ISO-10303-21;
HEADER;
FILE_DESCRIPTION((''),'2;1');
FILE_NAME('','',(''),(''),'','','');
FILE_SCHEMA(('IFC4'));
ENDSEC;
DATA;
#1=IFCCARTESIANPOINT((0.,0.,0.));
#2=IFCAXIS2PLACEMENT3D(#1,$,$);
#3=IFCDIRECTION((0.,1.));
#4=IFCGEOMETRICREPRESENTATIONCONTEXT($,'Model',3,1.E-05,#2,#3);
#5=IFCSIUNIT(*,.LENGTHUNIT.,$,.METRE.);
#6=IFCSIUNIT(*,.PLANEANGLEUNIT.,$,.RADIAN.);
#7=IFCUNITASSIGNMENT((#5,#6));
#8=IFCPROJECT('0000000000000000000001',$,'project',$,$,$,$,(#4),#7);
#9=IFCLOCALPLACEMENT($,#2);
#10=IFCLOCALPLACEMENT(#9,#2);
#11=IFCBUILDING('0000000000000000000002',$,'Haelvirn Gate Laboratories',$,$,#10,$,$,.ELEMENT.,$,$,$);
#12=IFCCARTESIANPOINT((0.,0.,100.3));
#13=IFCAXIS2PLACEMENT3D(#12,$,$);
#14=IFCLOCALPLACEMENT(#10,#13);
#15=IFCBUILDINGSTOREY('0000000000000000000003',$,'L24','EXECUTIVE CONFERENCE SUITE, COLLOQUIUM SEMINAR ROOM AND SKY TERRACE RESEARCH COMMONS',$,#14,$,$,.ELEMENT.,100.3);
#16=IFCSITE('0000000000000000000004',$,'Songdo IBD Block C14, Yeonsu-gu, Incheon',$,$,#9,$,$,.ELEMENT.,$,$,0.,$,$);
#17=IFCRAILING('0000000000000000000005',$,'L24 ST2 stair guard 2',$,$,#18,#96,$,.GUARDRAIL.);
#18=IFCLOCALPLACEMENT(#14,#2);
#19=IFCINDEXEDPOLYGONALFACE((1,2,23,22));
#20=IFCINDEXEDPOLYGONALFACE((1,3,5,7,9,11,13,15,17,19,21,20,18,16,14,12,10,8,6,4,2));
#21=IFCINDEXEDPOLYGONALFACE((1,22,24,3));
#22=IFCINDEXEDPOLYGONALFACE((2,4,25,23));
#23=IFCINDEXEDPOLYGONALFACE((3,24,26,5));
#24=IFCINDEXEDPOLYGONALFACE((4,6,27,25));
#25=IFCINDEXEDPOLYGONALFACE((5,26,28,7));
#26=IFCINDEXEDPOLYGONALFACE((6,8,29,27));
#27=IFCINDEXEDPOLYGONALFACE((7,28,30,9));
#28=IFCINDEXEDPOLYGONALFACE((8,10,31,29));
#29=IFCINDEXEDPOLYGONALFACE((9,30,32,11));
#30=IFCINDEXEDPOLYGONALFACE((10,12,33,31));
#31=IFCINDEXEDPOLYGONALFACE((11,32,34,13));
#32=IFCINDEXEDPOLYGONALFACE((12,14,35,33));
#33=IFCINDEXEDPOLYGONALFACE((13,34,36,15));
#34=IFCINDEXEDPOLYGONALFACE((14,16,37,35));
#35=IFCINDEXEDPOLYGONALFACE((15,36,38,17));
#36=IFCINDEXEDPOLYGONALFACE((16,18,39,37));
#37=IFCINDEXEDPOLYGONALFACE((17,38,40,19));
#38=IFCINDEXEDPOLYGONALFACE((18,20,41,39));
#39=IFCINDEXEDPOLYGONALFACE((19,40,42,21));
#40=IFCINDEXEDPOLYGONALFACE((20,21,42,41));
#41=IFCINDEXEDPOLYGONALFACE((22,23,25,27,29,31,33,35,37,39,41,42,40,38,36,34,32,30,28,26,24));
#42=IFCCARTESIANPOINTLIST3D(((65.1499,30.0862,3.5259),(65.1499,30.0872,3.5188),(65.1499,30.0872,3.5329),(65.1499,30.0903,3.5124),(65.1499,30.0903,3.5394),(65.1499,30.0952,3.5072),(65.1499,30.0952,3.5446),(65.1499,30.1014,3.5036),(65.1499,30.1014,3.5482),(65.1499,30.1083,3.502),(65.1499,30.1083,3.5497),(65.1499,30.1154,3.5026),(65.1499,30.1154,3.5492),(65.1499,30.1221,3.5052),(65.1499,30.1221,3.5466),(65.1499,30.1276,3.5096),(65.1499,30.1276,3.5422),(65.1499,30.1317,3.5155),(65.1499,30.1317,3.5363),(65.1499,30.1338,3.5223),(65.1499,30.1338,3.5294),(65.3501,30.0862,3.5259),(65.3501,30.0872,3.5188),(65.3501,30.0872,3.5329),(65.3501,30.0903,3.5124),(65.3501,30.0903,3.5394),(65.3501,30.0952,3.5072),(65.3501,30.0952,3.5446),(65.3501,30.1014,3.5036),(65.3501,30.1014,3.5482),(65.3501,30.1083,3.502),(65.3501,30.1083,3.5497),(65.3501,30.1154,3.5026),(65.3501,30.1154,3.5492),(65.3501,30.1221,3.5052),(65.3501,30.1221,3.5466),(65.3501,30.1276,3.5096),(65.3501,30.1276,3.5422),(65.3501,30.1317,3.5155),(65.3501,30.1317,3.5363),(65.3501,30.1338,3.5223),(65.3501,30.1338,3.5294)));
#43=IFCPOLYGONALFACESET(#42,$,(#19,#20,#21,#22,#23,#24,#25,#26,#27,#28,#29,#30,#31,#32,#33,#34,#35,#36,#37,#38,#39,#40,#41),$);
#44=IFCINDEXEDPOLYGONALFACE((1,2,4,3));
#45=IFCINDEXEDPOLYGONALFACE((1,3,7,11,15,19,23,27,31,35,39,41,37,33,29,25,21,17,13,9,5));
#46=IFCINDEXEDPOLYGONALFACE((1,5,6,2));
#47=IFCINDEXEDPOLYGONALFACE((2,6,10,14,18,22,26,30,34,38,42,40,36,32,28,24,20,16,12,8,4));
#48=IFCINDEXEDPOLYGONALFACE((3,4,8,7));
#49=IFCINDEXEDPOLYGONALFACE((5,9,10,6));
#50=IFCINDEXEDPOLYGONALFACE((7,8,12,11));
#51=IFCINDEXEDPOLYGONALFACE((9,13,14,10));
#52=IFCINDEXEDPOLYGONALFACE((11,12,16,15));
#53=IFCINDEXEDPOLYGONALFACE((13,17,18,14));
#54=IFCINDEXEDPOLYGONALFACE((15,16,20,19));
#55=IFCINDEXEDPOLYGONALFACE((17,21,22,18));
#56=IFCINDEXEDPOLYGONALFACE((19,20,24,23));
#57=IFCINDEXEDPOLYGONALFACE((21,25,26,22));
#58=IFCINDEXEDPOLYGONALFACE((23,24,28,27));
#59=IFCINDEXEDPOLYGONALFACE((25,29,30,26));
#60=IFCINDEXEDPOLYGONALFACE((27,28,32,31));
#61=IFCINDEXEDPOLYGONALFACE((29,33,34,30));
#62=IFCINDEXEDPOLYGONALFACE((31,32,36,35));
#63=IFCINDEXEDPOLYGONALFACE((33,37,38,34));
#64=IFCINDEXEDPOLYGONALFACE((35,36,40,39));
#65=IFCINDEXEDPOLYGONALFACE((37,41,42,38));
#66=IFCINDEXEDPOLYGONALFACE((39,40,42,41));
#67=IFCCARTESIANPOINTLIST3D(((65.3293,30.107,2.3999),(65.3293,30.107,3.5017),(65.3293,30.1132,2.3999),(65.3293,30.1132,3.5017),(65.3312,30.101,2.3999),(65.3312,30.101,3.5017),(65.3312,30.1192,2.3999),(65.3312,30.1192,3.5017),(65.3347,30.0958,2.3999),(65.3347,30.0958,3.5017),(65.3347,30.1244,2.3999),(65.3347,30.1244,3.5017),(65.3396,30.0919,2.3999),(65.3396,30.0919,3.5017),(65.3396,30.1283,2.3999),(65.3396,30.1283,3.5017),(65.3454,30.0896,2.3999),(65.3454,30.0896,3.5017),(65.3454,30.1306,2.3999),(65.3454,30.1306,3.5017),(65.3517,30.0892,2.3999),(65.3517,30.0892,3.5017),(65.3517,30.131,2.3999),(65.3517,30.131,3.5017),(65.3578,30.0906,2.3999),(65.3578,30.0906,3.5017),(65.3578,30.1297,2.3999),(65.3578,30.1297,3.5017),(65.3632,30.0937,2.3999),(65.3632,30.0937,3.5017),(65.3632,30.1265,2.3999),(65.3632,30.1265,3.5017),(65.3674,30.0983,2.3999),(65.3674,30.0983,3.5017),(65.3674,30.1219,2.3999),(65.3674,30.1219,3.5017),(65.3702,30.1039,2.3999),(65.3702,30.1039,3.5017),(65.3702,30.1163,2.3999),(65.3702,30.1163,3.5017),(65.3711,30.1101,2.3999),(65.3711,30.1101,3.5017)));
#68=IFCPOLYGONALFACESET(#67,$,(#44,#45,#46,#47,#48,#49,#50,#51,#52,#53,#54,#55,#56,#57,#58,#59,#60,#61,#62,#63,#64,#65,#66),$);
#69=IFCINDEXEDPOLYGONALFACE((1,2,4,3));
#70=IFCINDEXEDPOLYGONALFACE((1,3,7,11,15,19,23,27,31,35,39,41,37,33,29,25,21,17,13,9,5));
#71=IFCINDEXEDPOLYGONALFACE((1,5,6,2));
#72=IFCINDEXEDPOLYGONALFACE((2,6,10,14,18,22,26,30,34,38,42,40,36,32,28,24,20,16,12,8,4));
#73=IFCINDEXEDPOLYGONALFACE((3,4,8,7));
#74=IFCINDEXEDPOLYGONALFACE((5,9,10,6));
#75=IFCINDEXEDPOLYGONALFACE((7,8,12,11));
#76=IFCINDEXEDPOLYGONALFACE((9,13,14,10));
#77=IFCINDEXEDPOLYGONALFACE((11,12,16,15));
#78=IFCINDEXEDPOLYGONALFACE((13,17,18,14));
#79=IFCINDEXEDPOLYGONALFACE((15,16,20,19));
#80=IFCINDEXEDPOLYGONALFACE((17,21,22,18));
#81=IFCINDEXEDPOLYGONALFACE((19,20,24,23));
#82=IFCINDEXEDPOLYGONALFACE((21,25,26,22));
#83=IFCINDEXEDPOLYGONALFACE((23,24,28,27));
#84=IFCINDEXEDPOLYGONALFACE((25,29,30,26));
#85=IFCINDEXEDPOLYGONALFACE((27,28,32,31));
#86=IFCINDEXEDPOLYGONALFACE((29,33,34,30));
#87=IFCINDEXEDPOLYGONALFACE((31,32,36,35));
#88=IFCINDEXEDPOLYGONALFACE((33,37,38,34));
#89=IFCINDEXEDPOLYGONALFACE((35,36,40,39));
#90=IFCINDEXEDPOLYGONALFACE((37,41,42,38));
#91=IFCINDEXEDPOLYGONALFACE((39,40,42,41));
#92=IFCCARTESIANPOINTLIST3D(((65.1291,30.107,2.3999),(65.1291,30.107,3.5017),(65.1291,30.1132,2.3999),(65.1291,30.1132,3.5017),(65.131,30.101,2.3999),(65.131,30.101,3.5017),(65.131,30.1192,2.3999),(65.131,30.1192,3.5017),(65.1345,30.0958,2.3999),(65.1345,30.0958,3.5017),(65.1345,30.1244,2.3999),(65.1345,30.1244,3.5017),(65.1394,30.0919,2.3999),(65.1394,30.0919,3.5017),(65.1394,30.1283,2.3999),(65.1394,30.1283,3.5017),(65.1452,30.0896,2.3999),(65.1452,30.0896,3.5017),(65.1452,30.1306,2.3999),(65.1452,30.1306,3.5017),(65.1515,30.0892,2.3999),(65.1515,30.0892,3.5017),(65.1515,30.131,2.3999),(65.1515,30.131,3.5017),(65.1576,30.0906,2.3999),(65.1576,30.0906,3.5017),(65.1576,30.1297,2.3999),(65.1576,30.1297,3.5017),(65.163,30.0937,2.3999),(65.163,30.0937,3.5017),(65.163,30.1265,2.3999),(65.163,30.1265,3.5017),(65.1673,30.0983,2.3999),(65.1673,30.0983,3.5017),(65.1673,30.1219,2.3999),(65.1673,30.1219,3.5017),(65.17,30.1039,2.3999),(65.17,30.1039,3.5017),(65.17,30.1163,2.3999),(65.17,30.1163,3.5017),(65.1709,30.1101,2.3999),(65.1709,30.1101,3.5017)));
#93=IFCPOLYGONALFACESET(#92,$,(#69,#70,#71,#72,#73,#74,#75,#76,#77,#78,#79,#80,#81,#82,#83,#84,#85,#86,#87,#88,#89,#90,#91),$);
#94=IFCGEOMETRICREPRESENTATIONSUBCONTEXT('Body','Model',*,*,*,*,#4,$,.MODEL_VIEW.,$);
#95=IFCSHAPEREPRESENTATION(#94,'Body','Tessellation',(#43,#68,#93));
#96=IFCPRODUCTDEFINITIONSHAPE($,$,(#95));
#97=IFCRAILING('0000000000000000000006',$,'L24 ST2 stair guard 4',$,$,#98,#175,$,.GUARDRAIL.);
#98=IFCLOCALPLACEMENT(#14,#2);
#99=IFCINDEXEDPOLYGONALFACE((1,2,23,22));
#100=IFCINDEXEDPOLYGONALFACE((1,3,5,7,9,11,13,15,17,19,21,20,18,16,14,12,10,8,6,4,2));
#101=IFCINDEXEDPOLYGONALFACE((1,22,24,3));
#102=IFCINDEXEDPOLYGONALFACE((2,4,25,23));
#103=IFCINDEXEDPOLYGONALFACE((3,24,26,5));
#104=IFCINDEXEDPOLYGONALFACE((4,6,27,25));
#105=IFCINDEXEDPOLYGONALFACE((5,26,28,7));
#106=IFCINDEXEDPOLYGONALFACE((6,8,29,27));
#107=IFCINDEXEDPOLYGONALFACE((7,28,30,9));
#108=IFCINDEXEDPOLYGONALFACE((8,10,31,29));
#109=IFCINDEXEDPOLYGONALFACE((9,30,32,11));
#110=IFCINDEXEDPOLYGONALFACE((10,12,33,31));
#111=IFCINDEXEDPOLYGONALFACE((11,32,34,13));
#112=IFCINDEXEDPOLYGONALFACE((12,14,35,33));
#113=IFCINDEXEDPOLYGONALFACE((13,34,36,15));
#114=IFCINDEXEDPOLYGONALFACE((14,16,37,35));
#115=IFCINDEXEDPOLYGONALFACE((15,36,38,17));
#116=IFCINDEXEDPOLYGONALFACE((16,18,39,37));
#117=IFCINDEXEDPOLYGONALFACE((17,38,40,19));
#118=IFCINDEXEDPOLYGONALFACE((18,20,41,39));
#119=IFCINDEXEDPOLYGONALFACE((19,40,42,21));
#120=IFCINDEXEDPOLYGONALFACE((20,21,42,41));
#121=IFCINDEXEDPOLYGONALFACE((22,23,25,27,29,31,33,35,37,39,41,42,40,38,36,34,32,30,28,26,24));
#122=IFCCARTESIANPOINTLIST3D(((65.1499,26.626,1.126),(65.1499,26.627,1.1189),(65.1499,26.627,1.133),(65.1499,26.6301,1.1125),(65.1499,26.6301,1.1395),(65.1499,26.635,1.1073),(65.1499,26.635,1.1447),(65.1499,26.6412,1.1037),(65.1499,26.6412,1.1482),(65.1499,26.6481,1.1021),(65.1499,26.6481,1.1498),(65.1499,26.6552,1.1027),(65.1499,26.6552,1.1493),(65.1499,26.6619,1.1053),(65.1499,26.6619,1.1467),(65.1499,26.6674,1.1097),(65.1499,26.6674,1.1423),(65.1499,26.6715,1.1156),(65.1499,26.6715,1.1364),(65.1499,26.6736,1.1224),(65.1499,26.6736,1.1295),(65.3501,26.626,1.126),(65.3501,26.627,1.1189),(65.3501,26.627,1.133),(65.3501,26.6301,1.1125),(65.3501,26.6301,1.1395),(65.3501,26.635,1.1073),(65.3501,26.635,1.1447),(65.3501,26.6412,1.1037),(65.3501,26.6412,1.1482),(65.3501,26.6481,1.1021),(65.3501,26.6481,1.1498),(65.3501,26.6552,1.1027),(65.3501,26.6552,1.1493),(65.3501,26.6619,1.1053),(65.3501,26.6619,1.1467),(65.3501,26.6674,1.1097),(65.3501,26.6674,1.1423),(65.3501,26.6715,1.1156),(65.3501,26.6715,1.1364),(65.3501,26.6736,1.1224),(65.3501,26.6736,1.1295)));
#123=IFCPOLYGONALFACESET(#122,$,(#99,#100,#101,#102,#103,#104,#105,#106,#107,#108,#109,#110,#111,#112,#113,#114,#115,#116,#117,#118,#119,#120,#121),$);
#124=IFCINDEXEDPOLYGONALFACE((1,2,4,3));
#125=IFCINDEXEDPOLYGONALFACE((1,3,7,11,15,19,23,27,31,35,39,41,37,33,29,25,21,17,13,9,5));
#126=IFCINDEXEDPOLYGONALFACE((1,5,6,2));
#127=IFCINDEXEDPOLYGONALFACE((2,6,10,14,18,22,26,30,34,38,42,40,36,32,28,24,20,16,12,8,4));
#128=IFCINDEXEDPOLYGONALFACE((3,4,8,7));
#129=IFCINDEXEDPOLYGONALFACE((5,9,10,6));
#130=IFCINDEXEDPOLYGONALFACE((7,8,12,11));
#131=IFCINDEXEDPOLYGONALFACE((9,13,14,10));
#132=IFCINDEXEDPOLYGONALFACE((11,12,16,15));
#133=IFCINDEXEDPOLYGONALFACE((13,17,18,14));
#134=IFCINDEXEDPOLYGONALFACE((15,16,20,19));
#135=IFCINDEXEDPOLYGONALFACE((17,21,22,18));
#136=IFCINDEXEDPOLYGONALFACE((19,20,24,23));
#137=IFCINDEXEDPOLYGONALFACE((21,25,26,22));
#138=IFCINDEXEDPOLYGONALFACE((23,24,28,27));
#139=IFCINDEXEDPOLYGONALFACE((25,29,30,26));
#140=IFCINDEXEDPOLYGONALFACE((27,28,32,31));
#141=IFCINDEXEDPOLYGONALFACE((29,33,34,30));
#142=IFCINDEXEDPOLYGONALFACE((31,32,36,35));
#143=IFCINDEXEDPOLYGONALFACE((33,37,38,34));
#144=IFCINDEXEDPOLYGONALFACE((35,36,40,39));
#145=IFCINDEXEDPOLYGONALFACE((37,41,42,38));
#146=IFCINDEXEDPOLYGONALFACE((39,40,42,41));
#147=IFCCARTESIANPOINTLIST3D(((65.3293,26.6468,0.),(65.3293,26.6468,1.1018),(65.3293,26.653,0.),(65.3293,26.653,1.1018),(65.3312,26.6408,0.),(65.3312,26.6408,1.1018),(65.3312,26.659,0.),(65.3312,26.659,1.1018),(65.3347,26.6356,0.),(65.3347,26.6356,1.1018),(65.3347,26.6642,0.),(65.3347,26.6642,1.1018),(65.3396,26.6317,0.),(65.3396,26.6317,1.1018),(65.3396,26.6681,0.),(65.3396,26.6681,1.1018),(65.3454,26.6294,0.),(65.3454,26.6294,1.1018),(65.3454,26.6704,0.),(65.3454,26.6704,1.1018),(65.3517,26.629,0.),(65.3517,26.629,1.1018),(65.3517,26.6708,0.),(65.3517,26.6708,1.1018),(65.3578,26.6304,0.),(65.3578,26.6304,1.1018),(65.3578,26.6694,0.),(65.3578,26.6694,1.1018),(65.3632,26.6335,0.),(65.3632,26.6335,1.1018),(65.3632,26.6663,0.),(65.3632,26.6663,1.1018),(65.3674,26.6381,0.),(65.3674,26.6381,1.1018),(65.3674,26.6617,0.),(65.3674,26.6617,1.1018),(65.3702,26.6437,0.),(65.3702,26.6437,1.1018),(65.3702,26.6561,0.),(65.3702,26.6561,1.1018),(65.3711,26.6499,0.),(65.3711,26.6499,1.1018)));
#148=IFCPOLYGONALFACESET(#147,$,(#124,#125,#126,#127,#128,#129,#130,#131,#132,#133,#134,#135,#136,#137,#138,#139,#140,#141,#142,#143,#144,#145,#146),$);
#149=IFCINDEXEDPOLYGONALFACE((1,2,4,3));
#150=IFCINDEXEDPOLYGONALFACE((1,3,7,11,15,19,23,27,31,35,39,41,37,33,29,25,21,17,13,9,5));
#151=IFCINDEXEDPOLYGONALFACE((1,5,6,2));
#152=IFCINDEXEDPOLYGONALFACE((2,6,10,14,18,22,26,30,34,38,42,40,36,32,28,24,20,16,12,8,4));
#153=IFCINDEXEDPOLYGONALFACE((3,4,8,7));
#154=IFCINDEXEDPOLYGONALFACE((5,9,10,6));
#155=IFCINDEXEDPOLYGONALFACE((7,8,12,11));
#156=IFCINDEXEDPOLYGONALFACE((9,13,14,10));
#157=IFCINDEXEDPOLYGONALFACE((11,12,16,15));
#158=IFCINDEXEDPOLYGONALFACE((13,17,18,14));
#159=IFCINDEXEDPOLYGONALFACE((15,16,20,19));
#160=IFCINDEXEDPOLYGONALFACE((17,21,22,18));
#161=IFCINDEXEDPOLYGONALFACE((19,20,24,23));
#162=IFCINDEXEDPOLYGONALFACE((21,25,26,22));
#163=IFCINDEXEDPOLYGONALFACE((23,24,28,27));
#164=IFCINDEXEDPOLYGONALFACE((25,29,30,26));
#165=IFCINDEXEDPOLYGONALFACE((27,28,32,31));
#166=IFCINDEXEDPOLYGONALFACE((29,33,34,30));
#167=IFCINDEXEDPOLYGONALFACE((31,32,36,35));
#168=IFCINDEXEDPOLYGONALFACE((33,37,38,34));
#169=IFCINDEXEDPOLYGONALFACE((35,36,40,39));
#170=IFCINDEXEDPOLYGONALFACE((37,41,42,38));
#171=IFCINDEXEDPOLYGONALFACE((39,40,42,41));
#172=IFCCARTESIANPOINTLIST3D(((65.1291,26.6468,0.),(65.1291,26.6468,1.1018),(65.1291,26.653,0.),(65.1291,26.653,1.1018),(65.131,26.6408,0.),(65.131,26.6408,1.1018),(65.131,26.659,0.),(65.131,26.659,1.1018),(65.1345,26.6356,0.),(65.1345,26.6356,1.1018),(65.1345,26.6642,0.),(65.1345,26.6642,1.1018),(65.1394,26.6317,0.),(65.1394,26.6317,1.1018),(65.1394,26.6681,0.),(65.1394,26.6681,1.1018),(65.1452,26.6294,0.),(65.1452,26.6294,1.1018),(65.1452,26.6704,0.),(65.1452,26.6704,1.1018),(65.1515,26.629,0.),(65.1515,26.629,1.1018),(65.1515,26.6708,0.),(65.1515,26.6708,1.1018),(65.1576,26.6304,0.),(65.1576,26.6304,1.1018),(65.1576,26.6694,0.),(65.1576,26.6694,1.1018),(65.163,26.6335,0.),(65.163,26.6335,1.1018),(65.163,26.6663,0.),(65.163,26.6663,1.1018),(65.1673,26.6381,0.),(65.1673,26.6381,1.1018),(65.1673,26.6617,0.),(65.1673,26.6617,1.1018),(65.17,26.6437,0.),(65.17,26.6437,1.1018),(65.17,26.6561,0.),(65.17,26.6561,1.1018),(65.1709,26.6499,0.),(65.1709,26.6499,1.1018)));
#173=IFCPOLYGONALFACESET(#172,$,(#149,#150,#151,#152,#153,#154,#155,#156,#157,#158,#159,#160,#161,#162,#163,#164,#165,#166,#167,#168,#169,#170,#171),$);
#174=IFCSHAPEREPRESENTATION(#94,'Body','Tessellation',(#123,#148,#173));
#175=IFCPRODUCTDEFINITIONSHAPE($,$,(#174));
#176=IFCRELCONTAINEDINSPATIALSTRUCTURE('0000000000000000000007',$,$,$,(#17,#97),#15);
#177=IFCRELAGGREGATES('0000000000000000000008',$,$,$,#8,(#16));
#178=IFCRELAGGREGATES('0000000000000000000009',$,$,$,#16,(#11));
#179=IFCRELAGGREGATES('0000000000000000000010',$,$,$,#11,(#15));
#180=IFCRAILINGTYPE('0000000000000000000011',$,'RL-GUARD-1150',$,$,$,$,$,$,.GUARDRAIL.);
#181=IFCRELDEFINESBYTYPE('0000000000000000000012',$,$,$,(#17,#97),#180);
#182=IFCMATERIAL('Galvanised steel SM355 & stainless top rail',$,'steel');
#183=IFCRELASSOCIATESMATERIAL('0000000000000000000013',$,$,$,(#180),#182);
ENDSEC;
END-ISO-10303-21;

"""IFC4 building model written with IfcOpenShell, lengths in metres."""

from ifc_helpers import new_model, si_unit, direction, frame, origin, origin_2d, place, context, subcontext, project, spatial, circle, extrude, source, transform, mapped, material, type_object, element, save


model = new_model("IFC4")

# Units and contexts
model_context = context("Model", 3, precision=1e-05, world=origin(), true_north=direction((0.0, 1.0)))
body_context = subcontext(model_context, "Body", "Model", "MODEL_VIEW")
ifc_project = project(units=[si_unit("LENGTHUNIT", "METRE"), si_unit("PLANEANGLEUNIT", "RADIAN")], contexts=[model_context])

# Site, building, storey
site_placement = place(None, origin())
site = spatial("IfcSite", under=ifc_project, at=site_placement, Name="Songdo IBD Block C14, Yeonsu-gu, Incheon", CompositionType="ELEMENT", RefElevation=0.0)
building_placement = place(site_placement, origin())
building = spatial("IfcBuilding", under=site, at=building_placement, Name="Haelvirn Gate Laboratories", CompositionType="ELEMENT")
storey_placement = place(building_placement, frame((0.0, 0.0, 100.3)))
storey = spatial("IfcBuildingStorey", under=building, at=storey_placement, Name="L24", Description="EXECUTIVE CONFERENCE SUITE, COLLOQUIUM SEMINAR ROOM AND SKY TERRACE RESEARCH COMMONS", CompositionType="ELEMENT", Elevation=100.3)

# Railings
ifc_material_1 = material(Name="Galvanised steel SM355 & stainless top rail", Category="steel")
railing_type_1 = type_object("IfcRailingType", Name="RL-GUARD-1150", PredefinedType="GUARDRAIL", material=ifc_material_1)
shared_shape_1 = source(origin(), body_context, "Body", "SweptSolid", [
    extrude(circle(Radius=0.0239, at=origin_2d()), frame((0.0, 0.0, 1.126), z_axis=(-1.0, 0.0, 0.0), x_axis=(0.0, -1.0, 0.0)), (0.0, 0.0, 1.0), 0.2002),
    extrude(circle(Radius=0.021, at=origin_2d()), origin(), (0.0, 0.0, 1.0), 1.1018),
    extrude(circle(Radius=0.021, at=origin_2d()), frame((-0.2002, 0.0, 0.0)), (0.0, 0.0, 1.0), 1.1018),
])
for number, where, name in (
    (1, (65.3501, 30.1101, 2.3999), "L24 ST2 stair guard 2"),
    (2, (65.3501, 26.6499, 0.0), "L24 ST2 stair guard 4"),
):
    element("IfcRailing", number, at=place(storey_placement, frame(where)), inside=storey, type_object=railing_type_1, Name=name, PredefinedType="GUARDRAIL", context=body_context, shape_type="MappedRepresentation", body=[
        mapped(shared_shape_1, transform((0.0, 0.0, 0.0), scale=1.0)),
    ])

save(model, "model.ifc")
